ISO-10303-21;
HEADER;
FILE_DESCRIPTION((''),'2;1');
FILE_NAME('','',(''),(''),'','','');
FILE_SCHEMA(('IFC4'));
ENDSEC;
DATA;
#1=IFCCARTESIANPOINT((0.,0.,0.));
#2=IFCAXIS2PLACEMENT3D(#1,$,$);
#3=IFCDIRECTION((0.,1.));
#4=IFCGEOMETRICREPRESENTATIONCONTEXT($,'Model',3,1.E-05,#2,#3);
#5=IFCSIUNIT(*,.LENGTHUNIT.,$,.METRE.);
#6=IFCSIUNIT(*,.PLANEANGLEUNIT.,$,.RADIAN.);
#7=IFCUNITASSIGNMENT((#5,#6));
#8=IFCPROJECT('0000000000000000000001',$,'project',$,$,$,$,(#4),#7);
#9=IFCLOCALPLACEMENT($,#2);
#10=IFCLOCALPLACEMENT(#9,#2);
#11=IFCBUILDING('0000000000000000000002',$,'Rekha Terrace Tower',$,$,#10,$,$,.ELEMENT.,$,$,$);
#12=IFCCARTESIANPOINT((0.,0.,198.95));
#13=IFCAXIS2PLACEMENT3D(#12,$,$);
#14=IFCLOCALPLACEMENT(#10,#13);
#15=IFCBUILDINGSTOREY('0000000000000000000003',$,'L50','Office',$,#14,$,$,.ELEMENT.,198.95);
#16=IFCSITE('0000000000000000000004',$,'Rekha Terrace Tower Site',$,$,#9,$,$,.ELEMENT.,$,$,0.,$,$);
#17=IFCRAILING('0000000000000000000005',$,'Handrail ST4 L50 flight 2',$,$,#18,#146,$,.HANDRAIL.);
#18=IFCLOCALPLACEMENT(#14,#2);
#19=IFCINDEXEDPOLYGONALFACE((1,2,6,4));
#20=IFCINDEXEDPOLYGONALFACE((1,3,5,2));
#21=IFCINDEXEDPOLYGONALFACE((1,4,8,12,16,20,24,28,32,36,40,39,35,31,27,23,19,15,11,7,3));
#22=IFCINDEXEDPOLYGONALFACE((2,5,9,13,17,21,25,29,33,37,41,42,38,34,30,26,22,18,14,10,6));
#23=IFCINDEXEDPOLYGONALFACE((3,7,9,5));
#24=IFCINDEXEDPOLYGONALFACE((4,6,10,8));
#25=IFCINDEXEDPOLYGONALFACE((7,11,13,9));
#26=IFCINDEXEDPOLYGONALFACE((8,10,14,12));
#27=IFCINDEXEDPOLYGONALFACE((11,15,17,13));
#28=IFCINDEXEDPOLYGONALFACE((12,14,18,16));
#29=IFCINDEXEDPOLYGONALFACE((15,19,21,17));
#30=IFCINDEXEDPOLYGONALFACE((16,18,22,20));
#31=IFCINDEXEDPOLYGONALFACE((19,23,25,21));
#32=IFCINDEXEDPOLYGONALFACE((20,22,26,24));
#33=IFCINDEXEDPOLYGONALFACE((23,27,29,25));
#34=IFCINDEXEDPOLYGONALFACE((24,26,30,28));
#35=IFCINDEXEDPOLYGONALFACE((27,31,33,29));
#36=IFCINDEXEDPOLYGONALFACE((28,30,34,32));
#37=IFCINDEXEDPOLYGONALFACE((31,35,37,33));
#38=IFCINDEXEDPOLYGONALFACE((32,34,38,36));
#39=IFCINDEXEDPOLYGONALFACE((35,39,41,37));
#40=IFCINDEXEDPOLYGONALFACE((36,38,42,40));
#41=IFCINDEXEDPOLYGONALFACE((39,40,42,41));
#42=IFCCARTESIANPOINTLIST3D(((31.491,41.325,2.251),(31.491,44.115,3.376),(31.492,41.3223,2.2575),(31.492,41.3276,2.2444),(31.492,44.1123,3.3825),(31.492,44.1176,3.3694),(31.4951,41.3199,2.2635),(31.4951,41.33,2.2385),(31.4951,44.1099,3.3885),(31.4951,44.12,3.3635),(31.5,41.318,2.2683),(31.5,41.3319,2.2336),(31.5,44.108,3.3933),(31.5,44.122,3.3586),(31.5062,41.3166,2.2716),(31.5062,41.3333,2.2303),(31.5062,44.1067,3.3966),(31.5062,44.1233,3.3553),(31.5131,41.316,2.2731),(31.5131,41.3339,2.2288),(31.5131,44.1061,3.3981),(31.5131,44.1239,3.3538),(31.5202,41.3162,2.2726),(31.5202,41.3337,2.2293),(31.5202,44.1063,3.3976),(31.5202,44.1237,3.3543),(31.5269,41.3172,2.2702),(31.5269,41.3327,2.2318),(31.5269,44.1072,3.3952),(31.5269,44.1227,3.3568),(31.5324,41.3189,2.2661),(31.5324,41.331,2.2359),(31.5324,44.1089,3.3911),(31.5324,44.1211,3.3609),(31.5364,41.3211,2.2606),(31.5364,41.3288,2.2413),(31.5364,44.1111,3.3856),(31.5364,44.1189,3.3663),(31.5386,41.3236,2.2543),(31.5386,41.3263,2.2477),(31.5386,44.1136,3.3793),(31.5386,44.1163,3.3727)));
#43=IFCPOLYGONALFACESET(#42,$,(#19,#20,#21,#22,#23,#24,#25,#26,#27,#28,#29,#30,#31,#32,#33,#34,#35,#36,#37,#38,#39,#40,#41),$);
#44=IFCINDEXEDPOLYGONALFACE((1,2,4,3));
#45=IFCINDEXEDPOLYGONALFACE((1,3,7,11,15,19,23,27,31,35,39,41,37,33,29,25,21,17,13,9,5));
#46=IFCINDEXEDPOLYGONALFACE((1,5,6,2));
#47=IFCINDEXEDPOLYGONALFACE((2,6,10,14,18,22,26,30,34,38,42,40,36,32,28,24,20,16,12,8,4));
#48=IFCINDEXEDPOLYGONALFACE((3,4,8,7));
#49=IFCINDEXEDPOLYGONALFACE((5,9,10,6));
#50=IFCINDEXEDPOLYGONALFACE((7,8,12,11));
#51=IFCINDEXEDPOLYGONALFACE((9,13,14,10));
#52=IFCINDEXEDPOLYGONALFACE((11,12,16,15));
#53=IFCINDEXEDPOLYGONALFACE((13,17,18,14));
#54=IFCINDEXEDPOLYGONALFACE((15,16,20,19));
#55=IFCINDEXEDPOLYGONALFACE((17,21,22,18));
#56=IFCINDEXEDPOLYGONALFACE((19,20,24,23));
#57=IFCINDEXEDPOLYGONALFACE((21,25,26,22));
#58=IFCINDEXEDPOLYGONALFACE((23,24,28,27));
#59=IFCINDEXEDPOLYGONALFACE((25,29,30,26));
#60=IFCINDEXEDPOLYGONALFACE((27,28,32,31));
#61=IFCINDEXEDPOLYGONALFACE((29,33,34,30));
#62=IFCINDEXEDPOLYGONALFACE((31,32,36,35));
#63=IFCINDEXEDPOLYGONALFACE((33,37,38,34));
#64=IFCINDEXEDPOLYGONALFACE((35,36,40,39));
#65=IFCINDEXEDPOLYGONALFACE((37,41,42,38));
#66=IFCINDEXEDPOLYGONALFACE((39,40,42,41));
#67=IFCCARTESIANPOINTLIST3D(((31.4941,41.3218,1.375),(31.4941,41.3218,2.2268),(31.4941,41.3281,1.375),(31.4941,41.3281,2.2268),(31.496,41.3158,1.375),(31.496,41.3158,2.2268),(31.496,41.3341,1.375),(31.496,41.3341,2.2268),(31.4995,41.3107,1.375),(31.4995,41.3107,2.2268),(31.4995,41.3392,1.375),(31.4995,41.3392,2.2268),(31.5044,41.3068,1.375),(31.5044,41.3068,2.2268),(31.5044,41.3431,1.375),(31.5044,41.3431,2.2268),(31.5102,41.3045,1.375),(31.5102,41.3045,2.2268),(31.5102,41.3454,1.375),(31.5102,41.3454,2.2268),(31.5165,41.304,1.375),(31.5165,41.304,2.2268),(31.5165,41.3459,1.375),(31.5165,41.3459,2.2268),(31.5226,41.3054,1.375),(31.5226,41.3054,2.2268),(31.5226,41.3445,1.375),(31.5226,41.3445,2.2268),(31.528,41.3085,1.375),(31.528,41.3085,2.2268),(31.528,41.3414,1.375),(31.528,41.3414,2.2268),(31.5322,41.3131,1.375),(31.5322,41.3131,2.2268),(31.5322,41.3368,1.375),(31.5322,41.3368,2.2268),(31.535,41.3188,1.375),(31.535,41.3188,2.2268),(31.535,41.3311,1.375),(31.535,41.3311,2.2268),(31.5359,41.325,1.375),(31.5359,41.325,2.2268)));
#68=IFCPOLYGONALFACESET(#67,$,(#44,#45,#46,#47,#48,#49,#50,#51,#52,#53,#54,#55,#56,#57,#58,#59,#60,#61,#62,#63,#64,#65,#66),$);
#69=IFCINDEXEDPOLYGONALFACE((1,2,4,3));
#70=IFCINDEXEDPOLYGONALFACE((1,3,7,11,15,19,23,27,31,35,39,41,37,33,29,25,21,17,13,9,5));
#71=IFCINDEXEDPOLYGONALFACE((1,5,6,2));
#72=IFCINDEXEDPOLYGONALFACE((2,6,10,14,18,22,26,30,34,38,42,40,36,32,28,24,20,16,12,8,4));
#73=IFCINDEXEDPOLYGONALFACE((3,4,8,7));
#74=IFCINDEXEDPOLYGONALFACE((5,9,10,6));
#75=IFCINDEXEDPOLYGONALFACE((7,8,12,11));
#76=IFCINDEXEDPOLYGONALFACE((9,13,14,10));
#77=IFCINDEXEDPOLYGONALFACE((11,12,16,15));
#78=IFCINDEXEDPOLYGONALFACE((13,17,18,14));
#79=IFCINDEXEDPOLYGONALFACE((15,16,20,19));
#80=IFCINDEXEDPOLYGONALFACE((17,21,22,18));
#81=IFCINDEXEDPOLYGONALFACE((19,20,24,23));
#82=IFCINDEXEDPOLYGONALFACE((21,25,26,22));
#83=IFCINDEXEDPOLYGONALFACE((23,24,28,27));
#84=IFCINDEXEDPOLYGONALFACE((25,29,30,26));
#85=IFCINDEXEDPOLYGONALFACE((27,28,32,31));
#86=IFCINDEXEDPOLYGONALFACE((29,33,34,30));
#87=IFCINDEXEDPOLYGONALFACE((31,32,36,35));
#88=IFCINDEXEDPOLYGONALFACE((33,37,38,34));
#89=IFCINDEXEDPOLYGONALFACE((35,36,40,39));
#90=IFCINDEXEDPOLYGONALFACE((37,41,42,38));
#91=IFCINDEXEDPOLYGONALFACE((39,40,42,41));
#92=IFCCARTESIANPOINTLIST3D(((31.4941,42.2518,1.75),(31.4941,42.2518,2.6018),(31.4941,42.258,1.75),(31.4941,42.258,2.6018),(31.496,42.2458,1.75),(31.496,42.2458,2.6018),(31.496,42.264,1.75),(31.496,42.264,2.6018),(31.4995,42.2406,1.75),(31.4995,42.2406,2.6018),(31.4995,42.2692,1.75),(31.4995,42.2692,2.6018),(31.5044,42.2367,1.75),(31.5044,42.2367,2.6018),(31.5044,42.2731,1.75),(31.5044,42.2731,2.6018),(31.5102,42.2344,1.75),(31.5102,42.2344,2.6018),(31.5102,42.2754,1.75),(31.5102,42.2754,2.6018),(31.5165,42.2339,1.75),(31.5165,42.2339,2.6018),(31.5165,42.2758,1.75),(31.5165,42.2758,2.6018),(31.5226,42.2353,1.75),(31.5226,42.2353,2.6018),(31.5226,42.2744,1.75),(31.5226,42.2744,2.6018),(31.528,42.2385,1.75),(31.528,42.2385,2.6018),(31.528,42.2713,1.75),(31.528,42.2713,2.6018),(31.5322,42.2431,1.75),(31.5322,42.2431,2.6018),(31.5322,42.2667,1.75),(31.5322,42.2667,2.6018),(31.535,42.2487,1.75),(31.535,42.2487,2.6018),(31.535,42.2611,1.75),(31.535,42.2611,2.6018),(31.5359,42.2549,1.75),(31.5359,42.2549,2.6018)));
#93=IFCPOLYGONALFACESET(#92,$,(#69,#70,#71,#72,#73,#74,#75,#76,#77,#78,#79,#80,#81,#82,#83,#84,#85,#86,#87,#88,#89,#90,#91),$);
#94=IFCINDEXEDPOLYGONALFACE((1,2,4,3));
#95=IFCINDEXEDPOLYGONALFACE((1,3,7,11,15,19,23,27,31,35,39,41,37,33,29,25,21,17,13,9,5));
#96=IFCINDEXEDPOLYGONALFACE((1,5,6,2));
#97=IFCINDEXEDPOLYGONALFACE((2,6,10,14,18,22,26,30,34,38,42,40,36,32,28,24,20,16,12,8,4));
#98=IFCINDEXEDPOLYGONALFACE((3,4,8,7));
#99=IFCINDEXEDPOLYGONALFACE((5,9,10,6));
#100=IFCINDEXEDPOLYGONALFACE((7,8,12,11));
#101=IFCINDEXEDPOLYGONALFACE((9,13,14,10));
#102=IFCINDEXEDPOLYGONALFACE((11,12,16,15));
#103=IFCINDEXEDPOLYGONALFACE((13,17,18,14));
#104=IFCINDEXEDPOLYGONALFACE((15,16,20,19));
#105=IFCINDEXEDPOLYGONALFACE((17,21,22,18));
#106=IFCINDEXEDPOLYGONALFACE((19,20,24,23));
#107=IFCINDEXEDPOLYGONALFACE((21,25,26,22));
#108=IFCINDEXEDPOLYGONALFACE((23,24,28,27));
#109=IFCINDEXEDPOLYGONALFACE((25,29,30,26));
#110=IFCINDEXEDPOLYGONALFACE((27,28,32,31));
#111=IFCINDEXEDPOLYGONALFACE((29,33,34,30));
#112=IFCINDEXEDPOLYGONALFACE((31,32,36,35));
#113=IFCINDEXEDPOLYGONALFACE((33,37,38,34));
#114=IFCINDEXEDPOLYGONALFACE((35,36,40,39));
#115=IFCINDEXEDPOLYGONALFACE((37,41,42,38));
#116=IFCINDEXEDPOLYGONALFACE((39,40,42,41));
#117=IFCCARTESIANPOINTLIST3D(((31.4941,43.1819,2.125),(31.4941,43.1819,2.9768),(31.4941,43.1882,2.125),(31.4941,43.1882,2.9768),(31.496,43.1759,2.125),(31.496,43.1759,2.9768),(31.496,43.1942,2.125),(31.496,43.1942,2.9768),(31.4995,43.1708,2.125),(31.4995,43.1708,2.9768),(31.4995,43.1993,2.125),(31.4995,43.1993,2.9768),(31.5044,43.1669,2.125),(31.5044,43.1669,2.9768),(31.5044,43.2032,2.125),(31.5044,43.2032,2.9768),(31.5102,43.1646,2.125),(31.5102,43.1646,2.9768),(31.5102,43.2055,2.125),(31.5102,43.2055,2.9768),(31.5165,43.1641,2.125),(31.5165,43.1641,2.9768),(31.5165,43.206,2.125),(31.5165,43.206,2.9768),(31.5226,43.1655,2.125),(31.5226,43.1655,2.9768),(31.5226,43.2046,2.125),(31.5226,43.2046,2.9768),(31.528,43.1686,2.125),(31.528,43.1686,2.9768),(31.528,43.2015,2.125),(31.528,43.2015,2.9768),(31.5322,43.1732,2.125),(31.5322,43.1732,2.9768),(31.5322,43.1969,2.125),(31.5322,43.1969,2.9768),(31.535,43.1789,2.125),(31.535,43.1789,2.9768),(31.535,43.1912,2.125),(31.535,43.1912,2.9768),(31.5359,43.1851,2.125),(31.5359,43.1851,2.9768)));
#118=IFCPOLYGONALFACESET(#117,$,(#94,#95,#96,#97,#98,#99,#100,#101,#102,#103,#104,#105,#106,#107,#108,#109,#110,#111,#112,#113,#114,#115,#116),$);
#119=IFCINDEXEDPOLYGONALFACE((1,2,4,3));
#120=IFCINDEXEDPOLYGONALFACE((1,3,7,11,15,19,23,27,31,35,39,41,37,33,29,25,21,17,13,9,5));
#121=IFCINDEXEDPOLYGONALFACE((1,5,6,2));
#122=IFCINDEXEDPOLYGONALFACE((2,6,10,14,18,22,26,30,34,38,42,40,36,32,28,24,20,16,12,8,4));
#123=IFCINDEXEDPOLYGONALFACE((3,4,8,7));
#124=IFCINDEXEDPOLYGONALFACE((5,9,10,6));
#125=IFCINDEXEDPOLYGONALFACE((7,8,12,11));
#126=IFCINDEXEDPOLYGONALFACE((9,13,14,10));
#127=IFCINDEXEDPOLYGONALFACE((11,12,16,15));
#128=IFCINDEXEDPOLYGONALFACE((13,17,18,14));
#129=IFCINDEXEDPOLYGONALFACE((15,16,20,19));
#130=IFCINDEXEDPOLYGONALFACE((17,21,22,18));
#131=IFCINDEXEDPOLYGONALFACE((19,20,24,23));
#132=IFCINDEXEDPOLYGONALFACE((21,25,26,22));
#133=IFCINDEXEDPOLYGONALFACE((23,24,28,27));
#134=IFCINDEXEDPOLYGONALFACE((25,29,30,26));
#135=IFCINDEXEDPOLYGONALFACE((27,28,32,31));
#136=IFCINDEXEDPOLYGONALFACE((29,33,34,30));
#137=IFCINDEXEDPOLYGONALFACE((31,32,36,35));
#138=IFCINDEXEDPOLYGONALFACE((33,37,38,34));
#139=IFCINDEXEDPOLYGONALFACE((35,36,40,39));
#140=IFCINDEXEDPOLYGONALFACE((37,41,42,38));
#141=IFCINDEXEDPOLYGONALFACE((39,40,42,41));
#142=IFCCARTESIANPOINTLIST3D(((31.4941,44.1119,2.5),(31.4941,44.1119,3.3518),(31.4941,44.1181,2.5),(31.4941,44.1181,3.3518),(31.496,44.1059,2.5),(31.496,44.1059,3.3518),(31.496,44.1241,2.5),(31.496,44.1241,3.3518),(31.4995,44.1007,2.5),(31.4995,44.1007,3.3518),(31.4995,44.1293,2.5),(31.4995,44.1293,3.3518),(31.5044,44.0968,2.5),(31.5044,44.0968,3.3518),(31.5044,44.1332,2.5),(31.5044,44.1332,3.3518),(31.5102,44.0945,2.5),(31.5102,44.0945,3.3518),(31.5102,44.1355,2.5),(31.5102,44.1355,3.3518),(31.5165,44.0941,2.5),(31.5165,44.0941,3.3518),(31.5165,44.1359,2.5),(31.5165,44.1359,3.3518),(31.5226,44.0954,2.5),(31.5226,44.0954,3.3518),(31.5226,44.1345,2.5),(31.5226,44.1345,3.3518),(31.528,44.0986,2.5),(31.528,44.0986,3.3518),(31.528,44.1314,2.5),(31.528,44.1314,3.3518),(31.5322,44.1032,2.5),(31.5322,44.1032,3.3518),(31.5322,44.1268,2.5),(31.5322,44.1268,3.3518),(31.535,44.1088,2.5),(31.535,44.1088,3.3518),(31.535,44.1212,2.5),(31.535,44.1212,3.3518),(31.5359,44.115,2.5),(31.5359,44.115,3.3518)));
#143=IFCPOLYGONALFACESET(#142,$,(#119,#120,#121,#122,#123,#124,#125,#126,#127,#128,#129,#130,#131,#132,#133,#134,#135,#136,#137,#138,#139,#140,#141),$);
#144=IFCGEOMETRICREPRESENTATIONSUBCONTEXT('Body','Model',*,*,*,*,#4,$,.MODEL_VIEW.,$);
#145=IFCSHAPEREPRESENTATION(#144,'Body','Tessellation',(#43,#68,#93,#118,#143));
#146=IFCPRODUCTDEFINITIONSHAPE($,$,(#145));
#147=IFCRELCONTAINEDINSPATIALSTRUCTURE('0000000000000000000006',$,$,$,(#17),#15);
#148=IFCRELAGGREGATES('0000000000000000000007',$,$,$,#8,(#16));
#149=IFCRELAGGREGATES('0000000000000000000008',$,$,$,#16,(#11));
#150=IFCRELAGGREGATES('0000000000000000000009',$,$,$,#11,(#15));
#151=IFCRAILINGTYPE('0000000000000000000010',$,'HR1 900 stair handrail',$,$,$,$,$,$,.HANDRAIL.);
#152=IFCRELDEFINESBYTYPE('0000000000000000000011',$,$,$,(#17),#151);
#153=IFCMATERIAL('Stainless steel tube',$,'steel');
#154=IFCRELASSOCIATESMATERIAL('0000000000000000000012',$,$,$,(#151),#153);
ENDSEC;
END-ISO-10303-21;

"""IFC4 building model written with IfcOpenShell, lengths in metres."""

from ifc_helpers import new_model, si_unit, direction, frame, origin, origin_2d, place, context, subcontext, project, spatial, circle, extrude, material, type_object, element, save


model = new_model("IFC4")

# Units and contexts
model_context = context("Model", 3, precision=1e-05, world=origin(), true_north=direction((0.0, 1.0)))
body_context = subcontext(model_context, "Body", "Model", "MODEL_VIEW")
ifc_project = project(units=[si_unit("LENGTHUNIT", "METRE"), si_unit("PLANEANGLEUNIT", "RADIAN")], contexts=[model_context])

# Site, building, storey
site_placement = place(None, origin())
site = spatial("IfcSite", under=ifc_project, at=site_placement, Name="Rekha Terrace Tower Site", CompositionType="ELEMENT", RefElevation=0.0)
building_placement = place(site_placement, origin())
building = spatial("IfcBuilding", under=site, at=building_placement, Name="Rekha Terrace Tower", CompositionType="ELEMENT")
storey_placement = place(building_placement, frame((0.0, 0.0, 198.95)))
storey = spatial("IfcBuildingStorey", under=building, at=storey_placement, Name="L50", Description="Office", CompositionType="ELEMENT", Elevation=198.95)

# Railing
ifc_material_1 = material(Name="Stainless steel tube", Category="steel")
railing_type_1 = type_object("IfcRailingType", Name="HR1 900 stair handrail", PredefinedType="HANDRAIL", material=ifc_material_1)
railing_1_placement = place(storey_placement, frame((31.5149, 41.325, 1.375)))
element("IfcRailing", 1, at=railing_1_placement, inside=storey, type_object=railing_type_1, Name="Handrail ST4 L50 flight 2", PredefinedType="HANDRAIL", context=body_context, shape_type="SweptSolid", body=[
    extrude(circle(Radius=0.0239, at=origin_2d()), frame((0.0, 0.0, 0.876), z_axis=(0.0, 0.927443, 0.373964), x_axis=(-1.0, 0.0, 0.0)), (0.0, 0.0, 1.0), 3.0083),
    extrude(circle(Radius=0.021, at=origin_2d()), origin(), (0.0, 0.0, 1.0), 0.8518),
    extrude(circle(Radius=0.021, at=origin_2d()), frame((0.0, 0.9299, 0.375)), (0.0, 0.0, 1.0), 0.8518),
    extrude(circle(Radius=0.021, at=origin_2d()), frame((0.0, 1.8601, 0.75)), (0.0, 0.0, 1.0), 0.8518),
    extrude(circle(Radius=0.021, at=origin_2d()), frame((0.0, 2.79, 1.125)), (0.0, 0.0, 1.0), 0.8518),
])

save(model, "model.ifc")
